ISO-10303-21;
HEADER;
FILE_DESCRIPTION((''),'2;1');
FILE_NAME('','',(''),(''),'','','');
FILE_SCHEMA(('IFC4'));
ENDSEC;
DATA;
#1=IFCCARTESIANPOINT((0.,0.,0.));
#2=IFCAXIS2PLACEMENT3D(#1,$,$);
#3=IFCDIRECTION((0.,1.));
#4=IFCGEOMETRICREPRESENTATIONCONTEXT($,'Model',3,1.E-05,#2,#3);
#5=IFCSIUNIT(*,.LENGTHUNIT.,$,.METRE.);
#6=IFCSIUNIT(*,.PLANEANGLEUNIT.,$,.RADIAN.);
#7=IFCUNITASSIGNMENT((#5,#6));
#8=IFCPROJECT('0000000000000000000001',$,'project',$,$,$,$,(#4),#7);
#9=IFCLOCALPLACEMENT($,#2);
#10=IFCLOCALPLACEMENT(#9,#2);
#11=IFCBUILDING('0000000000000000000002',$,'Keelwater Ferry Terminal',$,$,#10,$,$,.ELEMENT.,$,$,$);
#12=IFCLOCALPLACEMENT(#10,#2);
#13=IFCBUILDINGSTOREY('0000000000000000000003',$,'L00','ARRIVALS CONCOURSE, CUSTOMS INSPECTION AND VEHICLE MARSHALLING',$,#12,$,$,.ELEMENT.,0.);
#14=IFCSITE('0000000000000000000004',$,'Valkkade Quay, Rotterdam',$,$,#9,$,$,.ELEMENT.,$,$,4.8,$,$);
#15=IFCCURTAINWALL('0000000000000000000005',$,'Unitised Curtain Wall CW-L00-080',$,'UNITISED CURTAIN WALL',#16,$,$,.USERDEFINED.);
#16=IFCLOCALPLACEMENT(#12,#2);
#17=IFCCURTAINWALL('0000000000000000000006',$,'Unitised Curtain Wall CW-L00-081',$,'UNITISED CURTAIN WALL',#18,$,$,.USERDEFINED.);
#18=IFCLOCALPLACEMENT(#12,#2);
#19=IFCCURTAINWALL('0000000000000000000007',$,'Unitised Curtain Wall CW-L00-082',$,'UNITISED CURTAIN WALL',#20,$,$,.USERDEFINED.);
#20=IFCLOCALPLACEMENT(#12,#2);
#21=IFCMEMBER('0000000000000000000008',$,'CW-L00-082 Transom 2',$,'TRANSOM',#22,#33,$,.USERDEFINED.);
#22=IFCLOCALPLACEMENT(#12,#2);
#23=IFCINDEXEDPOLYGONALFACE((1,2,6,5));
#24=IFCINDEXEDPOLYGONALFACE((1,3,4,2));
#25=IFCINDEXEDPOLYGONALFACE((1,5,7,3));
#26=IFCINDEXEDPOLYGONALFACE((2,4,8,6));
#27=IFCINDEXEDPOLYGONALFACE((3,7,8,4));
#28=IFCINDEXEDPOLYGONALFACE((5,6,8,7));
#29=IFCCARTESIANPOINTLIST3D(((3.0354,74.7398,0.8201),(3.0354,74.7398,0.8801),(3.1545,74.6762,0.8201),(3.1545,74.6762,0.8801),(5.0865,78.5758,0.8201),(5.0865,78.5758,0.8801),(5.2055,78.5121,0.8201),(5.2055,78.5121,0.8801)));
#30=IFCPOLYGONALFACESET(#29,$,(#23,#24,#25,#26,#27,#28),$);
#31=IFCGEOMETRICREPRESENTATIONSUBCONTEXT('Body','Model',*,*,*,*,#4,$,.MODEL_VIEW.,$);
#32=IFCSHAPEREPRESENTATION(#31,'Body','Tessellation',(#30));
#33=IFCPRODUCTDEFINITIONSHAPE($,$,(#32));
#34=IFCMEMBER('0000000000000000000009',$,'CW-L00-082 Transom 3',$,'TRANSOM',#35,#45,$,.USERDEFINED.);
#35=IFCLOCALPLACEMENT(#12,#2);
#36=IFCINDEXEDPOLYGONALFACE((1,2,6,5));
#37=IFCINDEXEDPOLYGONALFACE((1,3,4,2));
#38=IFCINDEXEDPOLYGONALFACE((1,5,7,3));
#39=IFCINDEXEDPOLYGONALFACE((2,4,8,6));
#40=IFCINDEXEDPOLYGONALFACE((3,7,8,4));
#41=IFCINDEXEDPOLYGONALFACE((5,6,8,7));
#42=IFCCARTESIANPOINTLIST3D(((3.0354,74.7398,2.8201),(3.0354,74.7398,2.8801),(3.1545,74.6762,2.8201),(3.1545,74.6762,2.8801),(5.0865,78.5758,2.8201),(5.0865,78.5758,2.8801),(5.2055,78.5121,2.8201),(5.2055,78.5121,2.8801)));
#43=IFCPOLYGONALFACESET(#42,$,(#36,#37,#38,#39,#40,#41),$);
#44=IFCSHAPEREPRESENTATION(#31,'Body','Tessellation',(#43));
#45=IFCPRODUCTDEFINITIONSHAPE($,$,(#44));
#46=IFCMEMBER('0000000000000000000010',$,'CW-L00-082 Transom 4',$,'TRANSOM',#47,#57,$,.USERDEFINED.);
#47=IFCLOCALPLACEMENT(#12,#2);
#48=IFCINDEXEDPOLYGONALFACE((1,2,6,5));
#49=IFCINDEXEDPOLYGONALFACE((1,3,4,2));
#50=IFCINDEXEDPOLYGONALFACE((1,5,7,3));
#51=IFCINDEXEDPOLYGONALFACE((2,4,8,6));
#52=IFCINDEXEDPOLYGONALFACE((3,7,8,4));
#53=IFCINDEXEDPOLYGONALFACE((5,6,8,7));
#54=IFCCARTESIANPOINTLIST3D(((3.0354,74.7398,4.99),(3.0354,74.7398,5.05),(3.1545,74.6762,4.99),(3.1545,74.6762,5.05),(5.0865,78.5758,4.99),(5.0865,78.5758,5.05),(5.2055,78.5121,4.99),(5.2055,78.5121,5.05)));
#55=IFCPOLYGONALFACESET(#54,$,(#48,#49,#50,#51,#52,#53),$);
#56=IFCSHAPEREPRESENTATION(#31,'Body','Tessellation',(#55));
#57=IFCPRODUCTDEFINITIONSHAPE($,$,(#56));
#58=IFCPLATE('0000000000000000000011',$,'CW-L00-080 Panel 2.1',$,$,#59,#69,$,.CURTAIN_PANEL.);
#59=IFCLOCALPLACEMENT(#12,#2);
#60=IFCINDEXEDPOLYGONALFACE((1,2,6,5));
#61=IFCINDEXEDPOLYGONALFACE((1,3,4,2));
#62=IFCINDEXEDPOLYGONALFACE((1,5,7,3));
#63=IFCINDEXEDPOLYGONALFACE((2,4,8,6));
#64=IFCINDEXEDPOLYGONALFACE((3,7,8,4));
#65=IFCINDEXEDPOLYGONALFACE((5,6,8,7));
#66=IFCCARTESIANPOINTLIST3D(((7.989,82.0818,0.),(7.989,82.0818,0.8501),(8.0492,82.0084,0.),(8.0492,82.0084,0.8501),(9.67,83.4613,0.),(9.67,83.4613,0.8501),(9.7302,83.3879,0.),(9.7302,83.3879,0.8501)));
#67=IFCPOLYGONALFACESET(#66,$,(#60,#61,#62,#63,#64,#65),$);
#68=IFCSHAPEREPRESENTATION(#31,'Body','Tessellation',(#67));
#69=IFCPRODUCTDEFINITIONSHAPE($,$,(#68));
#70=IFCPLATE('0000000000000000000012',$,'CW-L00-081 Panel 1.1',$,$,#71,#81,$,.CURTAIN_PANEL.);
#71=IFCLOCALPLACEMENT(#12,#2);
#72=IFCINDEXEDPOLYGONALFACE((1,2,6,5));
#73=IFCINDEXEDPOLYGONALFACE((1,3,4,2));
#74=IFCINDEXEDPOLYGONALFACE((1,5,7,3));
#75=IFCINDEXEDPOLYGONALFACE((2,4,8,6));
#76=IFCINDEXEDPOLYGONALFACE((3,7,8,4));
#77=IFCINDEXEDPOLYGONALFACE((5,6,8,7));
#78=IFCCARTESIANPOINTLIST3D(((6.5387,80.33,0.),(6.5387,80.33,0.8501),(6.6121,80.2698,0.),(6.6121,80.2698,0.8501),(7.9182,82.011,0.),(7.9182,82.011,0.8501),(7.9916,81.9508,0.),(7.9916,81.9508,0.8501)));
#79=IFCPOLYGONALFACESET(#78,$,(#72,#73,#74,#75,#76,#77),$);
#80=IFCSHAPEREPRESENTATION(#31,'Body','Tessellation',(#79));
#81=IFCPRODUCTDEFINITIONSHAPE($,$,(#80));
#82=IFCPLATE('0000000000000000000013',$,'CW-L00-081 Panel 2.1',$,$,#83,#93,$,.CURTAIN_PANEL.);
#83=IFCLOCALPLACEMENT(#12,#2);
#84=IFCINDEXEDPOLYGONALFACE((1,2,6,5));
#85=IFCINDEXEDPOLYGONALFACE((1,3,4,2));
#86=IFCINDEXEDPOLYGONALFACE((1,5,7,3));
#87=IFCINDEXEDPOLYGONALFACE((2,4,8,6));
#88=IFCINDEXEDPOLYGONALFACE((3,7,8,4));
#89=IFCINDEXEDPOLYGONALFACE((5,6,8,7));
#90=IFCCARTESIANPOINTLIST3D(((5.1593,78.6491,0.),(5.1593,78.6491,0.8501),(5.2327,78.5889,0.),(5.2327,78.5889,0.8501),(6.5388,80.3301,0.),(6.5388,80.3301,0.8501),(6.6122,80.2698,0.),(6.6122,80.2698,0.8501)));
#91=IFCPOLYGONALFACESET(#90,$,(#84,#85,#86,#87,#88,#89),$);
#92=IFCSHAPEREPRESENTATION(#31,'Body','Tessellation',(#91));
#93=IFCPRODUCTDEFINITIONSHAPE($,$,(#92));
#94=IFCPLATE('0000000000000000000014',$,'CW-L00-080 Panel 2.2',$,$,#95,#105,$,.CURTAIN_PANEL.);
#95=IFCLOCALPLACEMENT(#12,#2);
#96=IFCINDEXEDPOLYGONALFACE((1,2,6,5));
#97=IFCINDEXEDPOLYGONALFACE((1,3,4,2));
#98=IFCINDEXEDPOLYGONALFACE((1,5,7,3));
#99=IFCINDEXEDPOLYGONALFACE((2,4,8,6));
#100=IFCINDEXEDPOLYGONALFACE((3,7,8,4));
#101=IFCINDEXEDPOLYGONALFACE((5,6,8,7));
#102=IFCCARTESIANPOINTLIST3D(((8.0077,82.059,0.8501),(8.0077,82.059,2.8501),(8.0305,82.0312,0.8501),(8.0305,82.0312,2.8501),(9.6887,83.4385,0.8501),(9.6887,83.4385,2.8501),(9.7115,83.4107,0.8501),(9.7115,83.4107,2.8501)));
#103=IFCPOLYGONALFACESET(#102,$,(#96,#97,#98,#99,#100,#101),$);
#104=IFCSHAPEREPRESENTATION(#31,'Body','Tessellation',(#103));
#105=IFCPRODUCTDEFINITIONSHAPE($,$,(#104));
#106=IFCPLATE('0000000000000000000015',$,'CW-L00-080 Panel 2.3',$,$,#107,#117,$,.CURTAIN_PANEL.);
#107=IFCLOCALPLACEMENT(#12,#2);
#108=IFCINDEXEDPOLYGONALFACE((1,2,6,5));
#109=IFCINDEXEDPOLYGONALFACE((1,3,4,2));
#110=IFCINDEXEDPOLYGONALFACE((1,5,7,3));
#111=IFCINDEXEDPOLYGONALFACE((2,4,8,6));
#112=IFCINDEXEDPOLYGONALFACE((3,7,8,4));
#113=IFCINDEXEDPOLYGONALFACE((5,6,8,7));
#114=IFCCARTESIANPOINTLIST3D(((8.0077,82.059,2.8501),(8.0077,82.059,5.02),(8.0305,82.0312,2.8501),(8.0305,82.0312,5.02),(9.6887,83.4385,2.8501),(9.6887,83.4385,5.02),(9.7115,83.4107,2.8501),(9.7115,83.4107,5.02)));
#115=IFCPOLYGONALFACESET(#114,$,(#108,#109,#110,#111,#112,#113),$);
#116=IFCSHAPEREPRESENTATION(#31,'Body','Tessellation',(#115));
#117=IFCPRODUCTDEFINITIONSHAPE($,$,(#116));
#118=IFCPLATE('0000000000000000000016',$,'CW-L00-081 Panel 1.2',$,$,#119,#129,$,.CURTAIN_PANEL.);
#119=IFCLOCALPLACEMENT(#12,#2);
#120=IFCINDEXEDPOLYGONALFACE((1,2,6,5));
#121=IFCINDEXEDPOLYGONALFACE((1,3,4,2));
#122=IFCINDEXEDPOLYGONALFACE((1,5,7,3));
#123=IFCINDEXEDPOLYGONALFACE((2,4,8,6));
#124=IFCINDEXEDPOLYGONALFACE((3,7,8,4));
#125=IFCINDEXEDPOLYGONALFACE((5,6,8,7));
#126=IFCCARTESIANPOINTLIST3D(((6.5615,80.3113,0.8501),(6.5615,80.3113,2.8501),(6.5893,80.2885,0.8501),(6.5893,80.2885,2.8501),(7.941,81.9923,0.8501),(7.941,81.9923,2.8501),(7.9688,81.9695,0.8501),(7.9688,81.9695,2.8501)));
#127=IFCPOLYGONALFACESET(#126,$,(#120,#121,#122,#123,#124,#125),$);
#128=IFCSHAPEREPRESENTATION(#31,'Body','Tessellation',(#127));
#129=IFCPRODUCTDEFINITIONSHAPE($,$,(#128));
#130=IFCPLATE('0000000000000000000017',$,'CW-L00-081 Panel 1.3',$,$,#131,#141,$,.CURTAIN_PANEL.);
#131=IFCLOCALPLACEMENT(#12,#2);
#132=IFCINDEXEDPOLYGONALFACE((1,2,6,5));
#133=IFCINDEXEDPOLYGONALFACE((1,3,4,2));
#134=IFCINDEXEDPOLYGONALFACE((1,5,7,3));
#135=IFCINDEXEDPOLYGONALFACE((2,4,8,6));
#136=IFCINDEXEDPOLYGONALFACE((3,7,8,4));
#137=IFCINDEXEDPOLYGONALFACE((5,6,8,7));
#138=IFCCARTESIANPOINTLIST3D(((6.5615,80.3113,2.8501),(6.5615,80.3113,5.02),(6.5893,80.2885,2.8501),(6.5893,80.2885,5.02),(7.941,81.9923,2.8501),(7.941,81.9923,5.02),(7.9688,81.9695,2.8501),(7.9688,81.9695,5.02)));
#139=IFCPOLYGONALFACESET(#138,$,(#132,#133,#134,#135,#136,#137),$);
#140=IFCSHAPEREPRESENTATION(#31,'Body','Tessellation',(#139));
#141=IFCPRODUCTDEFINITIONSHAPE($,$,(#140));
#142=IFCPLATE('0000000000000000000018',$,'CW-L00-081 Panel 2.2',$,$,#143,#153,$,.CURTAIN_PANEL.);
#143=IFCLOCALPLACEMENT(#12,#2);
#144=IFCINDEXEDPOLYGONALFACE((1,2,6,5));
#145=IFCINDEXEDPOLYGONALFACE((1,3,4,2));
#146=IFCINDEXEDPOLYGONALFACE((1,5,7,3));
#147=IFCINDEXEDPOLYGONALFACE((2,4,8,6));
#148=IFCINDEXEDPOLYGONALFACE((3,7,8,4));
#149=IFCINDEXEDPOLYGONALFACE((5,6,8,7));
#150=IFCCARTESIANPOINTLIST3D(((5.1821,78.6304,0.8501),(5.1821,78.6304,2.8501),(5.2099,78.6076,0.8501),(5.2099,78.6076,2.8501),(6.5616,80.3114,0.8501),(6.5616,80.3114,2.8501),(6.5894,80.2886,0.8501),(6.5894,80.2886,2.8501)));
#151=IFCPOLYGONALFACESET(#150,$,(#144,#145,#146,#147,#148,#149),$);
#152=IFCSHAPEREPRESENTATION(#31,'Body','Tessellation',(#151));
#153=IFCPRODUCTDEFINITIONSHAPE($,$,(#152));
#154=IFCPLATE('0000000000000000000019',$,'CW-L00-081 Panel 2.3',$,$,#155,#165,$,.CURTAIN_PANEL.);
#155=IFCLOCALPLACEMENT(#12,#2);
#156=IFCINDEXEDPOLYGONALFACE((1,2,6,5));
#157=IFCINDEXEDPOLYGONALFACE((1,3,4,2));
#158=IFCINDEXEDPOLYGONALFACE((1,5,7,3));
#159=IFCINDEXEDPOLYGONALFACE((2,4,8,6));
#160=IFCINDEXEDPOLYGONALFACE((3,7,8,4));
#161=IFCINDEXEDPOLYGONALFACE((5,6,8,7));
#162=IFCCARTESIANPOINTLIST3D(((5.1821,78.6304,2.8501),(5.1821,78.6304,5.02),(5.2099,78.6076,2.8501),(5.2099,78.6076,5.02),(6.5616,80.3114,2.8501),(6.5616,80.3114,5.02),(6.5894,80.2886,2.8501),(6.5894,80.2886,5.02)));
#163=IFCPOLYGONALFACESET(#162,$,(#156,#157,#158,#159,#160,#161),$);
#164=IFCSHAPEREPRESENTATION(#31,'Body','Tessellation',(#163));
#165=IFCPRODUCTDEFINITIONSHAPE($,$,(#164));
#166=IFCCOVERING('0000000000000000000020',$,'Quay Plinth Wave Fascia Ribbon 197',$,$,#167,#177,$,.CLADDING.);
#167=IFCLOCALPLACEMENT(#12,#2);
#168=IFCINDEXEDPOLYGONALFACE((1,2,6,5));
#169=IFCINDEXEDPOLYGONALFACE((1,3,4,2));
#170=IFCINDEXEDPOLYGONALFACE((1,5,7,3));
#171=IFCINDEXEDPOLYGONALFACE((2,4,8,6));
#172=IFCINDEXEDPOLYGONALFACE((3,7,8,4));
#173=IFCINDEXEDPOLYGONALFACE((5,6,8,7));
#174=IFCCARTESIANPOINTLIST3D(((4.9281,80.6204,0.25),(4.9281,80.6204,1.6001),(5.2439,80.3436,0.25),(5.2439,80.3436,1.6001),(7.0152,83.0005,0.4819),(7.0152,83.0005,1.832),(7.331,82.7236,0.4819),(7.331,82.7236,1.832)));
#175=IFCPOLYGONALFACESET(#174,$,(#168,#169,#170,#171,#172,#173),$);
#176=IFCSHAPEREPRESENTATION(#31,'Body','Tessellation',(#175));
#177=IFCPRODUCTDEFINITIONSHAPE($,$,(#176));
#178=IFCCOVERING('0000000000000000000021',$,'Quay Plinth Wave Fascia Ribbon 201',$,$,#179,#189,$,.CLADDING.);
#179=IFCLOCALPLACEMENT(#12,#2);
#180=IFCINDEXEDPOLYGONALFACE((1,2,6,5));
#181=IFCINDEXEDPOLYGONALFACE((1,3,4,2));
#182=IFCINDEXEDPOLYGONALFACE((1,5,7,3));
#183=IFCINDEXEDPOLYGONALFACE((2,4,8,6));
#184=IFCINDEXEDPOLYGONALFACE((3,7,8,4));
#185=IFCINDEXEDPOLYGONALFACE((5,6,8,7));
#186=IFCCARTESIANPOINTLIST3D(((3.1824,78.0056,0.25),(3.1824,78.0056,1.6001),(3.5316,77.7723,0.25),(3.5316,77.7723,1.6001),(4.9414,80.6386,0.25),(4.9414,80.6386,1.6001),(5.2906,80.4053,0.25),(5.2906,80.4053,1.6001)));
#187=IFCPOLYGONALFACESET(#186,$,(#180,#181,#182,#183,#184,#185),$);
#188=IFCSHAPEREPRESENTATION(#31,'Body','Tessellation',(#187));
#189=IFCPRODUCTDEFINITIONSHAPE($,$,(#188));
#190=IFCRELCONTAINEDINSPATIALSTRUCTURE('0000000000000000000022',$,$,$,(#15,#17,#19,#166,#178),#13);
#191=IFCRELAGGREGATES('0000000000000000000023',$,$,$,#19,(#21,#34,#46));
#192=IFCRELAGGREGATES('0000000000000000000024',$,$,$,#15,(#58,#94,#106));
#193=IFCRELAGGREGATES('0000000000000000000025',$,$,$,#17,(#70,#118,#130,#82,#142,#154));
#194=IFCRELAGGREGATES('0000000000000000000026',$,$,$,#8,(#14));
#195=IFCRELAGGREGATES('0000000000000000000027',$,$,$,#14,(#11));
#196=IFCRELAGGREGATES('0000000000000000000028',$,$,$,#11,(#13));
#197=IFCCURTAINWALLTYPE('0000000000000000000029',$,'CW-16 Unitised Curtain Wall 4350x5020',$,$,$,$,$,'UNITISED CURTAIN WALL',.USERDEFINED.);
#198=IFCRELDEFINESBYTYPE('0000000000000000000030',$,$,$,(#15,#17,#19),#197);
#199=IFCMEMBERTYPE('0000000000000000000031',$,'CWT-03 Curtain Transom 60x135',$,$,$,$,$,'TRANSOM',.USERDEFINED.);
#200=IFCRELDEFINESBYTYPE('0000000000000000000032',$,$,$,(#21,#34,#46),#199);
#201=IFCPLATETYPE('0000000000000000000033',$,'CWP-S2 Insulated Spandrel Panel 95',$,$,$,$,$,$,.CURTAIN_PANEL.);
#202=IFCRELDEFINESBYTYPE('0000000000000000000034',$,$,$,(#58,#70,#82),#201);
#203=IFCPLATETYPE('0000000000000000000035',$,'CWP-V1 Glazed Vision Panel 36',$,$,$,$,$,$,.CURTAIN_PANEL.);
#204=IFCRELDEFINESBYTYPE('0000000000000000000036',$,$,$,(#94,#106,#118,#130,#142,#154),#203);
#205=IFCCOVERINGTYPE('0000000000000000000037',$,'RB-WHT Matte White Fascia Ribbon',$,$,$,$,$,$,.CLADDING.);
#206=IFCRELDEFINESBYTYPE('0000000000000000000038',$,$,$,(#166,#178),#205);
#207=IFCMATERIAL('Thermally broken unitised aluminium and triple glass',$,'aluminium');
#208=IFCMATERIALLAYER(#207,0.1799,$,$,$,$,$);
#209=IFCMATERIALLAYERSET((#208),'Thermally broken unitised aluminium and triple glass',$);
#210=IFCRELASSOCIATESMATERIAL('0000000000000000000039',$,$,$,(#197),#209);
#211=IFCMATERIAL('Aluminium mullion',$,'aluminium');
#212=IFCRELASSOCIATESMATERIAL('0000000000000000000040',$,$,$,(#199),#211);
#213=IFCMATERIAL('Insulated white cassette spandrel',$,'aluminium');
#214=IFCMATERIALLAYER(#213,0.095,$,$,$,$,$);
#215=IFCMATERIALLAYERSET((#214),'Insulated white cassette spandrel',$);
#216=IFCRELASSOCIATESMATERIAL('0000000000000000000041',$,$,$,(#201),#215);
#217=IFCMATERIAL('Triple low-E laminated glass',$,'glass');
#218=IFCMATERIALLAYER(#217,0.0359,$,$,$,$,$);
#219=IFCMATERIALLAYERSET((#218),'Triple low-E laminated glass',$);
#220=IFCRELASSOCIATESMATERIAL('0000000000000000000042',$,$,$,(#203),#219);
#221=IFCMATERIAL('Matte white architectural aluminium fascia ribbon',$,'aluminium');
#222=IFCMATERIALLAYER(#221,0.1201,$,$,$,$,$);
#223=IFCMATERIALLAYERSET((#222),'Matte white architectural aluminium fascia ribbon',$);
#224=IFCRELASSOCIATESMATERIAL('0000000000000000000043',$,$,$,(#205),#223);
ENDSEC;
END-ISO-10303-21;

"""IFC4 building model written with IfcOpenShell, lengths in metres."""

from ifc_helpers import new_model, si_unit, direction, frame, origin, origin_2d, place, context, subcontext, project, spatial, polyline, rectangle, outline, extrude, material, layer, layer_set, material_profile, profile_set, type_object, element, aggregate, save


model = new_model("IFC4")

# Units and contexts
model_context = context("Model", 3, precision=1e-05, world=origin(), true_north=direction((0.0, 1.0)))
body_context = subcontext(model_context, "Body", "Model", "MODEL_VIEW")
ifc_project = project(units=[si_unit("LENGTHUNIT", "METRE"), si_unit("PLANEANGLEUNIT", "RADIAN")], contexts=[model_context])

# Site, building, storey
site_placement = place(None, origin())
site = spatial("IfcSite", under=ifc_project, at=site_placement, Name="Valkkade Quay, Rotterdam", CompositionType="ELEMENT", RefElevation=4.8)
building_placement = place(site_placement, origin())
building = spatial("IfcBuilding", under=site, at=building_placement, Name="Keelwater Ferry Terminal", CompositionType="ELEMENT")
storey_placement = place(building_placement, origin())
storey = spatial("IfcBuildingStorey", under=building, at=storey_placement, Name="L00", Description="ARRIVALS CONCOURSE, CUSTOMS INSPECTION AND VEHICLE MARSHALLING", CompositionType="ELEMENT", Elevation=0.0)

# Curtain walls, members
ifc_material_1 = material(Name="Thermally broken unitised aluminium and triple glass", Category="aluminium")
ifc_layer_1 = layer(ifc_material_1, 0.1799)
ifc_layer_set_1 = layer_set([ifc_layer_1], Name="Thermally broken unitised aluminium and triple glass")
curtain_wall_type = type_object("IfcCurtainWallType", Name="CW-16 Unitised Curtain Wall 4350x5020", ElementType="UNITISED CURTAIN WALL", PredefinedType="USERDEFINED", material=ifc_layer_set_1)
curtain_wall_1_placement = place(storey_placement, origin())
curtain_wall_1 = element("IfcCurtainWall", 1, at=curtain_wall_1_placement, inside=storey, type_object=curtain_wall_type, Name="Unitised Curtain Wall CW-L00-080", ObjectType="UNITISED CURTAIN WALL", PredefinedType="USERDEFINED")
curtain_wall_2_placement = place(storey_placement, origin())
curtain_wall_2 = element("IfcCurtainWall", 2, at=curtain_wall_2_placement, inside=storey, type_object=curtain_wall_type, Name="Unitised Curtain Wall CW-L00-081", ObjectType="UNITISED CURTAIN WALL", PredefinedType="USERDEFINED")
ifc_material_2 = material(Name="Aluminium mullion", Category="aluminium")
ifc_material_profile_1 = material_profile(ifc_material_2, rectangle(XDim=0.135, YDim=0.0601, at=origin_2d()), Name="CWT-03")
ifc_profile_set_1 = profile_set([ifc_material_profile_1], Name="Aluminium mullion")
member_type_1 = type_object("IfcMemberType", Name="CWT-03 Curtain Transom 60x135", ElementType="TRANSOM", PredefinedType="USERDEFINED", material=ifc_profile_set_1)
curtain_wall_3_placement = place(storey_placement, origin())
curtain_wall_3 = element("IfcCurtainWall", 3, at=curtain_wall_3_placement, inside=storey, type_object=curtain_wall_type, Name="Unitised Curtain Wall CW-L00-082", ObjectType="UNITISED CURTAIN WALL", PredefinedType="USERDEFINED")
member_1_placement = place(storey_placement, frame((5.146, 78.5439, 0.8501), z_axis=(-0.471517, -0.881857, 0.0), x_axis=(0.881857, -0.471517, 0.0)))
member_1 = element("IfcMember", 4, at=member_1_placement, type_object=member_type_1, Name="CW-L00-082 Transom 2", ObjectType="TRANSOM", PredefinedType="USERDEFINED", context=body_context, shape_type="SweptSolid", body=[
    extrude(rectangle(XDim=0.135, YDim=0.0601, at=origin_2d()), origin(), (0.0, 0.0, 1.0), 4.3499),
])
member_2_placement = place(storey_placement, frame((5.146, 78.5439, 2.8501), z_axis=(-0.471517, -0.881857, 0.0), x_axis=(0.881857, -0.471517, 0.0)))
member_2 = element("IfcMember", 5, at=member_2_placement, type_object=member_type_1, Name="CW-L00-082 Transom 3", ObjectType="TRANSOM", PredefinedType="USERDEFINED", context=body_context, shape_type="SweptSolid", body=[
    extrude(rectangle(XDim=0.135, YDim=0.0601, at=origin_2d()), origin(), (0.0, 0.0, 1.0), 4.3499),
])
member_3_placement = place(storey_placement, frame((5.146, 78.5439, 5.02), z_axis=(-0.471517, -0.881857, 0.0), x_axis=(0.881857, -0.471517, 0.0)))
member_3 = element("IfcMember", 6, at=member_3_placement, type_object=member_type_1, Name="CW-L00-082 Transom 4", ObjectType="TRANSOM", PredefinedType="USERDEFINED", context=body_context, shape_type="SweptSolid", body=[
    extrude(rectangle(XDim=0.135, YDim=0.0601, at=origin_2d()), origin(), (0.0, 0.0, 1.0), 4.3499),
])
aggregate(curtain_wall_3, [member_1, member_2, member_3])

# Plates
ifc_material_3 = material(Name="Insulated white cassette spandrel", Category="aluminium")
ifc_layer_2 = layer(ifc_material_3, 0.095)
ifc_layer_set_2 = layer_set([ifc_layer_2], Name="Insulated white cassette spandrel")
plate_type_1 = type_object("IfcPlateType", Name="CWP-S2 Insulated Spandrel Panel 95", PredefinedType="CURTAIN_PANEL", material=ifc_layer_set_2)
plate_1_placement = place(storey_placement, frame((8.8596, 82.7349, 0.0), z_axis=(0.0, 0.0, 1.0), x_axis=(-0.773024, -0.634377, 0.0)))
plate_1 = element("IfcPlate", 7, at=plate_1_placement, type_object=plate_type_1, Name="CW-L00-080 Panel 2.1", PredefinedType="CURTAIN_PANEL", context=body_context, shape_type="SweptSolid", body=[
    extrude(rectangle(XDim=2.1746, YDim=0.095, at=origin_2d()), origin(), (0.0, 0.0, 1.0), 0.8501),
])
plate_2_placement = place(storey_placement, frame((7.2651, 81.1404, 0.0), z_axis=(0.0, 0.0, 1.0), x_axis=(-0.634377, -0.773024, 0.0)))
plate_2 = element("IfcPlate", 8, at=plate_2_placement, type_object=plate_type_1, Name="CW-L00-081 Panel 1.1", PredefinedType="CURTAIN_PANEL", context=body_context, shape_type="SweptSolid", body=[
    extrude(rectangle(XDim=2.1746, YDim=0.095, at=origin_2d()), origin(), (0.0, 0.0, 1.0), 0.8501),
])
plate_3_placement = place(storey_placement, frame((5.8857, 79.4595, 0.0), z_axis=(0.0, 0.0, 1.0), x_axis=(-0.634377, -0.773024, 0.0)))
plate_3 = element("IfcPlate", 9, at=plate_3_placement, type_object=plate_type_1, Name="CW-L00-081 Panel 2.1", PredefinedType="CURTAIN_PANEL", context=body_context, shape_type="SweptSolid", body=[
    extrude(rectangle(XDim=2.1746, YDim=0.095, at=origin_2d()), origin(), (0.0, 0.0, 1.0), 0.8501),
])
ifc_material_4 = material(Name="Triple low-E laminated glass", Category="glass")
ifc_layer_3 = layer(ifc_material_4, 0.0359)
ifc_layer_set_3 = layer_set([ifc_layer_3], Name="Triple low-E laminated glass")
plate_type_2 = type_object("IfcPlateType", Name="CWP-V1 Glazed Vision Panel 36", PredefinedType="CURTAIN_PANEL", material=ifc_layer_set_3)
plate_4_placement = place(storey_placement, frame((8.8596, 82.7349, 0.8501), z_axis=(0.0, 0.0, 1.0), x_axis=(-0.773024, -0.634377, 0.0)))
plate_4 = element("IfcPlate", 10, at=plate_4_placement, type_object=plate_type_2, Name="CW-L00-080 Panel 2.2", PredefinedType="CURTAIN_PANEL", context=body_context, shape_type="SweptSolid", body=[
    extrude(rectangle(XDim=2.1746, YDim=0.0359, at=origin_2d()), origin(), (0.0, 0.0, 1.0), 2.0),
])
plate_5_placement = place(storey_placement, frame((8.8596, 82.7349, 2.8501), z_axis=(0.0, 0.0, 1.0), x_axis=(-0.773024, -0.634377, 0.0)))
plate_5 = element("IfcPlate", 11, at=plate_5_placement, type_object=plate_type_2, Name="CW-L00-080 Panel 2.3", PredefinedType="CURTAIN_PANEL", context=body_context, shape_type="SweptSolid", body=[
    extrude(rectangle(XDim=2.1746, YDim=0.0359, at=origin_2d()), origin(), (0.0, 0.0, 1.0), 2.1699),
])
aggregate(curtain_wall_1, [plate_1, plate_4, plate_5])
plate_6_placement = place(storey_placement, frame((7.2651, 81.1404, 0.8501), z_axis=(0.0, 0.0, 1.0), x_axis=(-0.634377, -0.773024, 0.0)))
plate_6 = element("IfcPlate", 12, at=plate_6_placement, type_object=plate_type_2, Name="CW-L00-081 Panel 1.2", PredefinedType="CURTAIN_PANEL", context=body_context, shape_type="SweptSolid", body=[
    extrude(rectangle(XDim=2.1746, YDim=0.0359, at=origin_2d()), origin(), (0.0, 0.0, 1.0), 2.0),
])
plate_7_placement = place(storey_placement, frame((7.2651, 81.1404, 2.8501), z_axis=(0.0, 0.0, 1.0), x_axis=(-0.634377, -0.773024, 0.0)))
plate_7 = element("IfcPlate", 13, at=plate_7_placement, type_object=plate_type_2, Name="CW-L00-081 Panel 1.3", PredefinedType="CURTAIN_PANEL", context=body_context, shape_type="SweptSolid", body=[
    extrude(rectangle(XDim=2.1746, YDim=0.0359, at=origin_2d()), origin(), (0.0, 0.0, 1.0), 2.1699),
])
plate_8_placement = place(storey_placement, frame((5.8857, 79.4595, 0.8501), z_axis=(0.0, 0.0, 1.0), x_axis=(-0.634377, -0.773024, 0.0)))
plate_8 = element("IfcPlate", 14, at=plate_8_placement, type_object=plate_type_2, Name="CW-L00-081 Panel 2.2", PredefinedType="CURTAIN_PANEL", context=body_context, shape_type="SweptSolid", body=[
    extrude(rectangle(XDim=2.1746, YDim=0.0359, at=origin_2d()), origin(), (0.0, 0.0, 1.0), 2.0),
])
plate_9_placement = place(storey_placement, frame((5.8857, 79.4595, 2.8501), z_axis=(0.0, 0.0, 1.0), x_axis=(-0.634377, -0.773024, 0.0)))
plate_9 = element("IfcPlate", 15, at=plate_9_placement, type_object=plate_type_2, Name="CW-L00-081 Panel 2.3", PredefinedType="CURTAIN_PANEL", context=body_context, shape_type="SweptSolid", body=[
    extrude(rectangle(XDim=2.1746, YDim=0.0359, at=origin_2d()), origin(), (0.0, 0.0, 1.0), 2.1699),
])
aggregate(curtain_wall_2, [plate_2, plate_6, plate_7, plate_3, plate_8, plate_9])

# Coverings
ifc_material_5 = material(Name="Matte white architectural aluminium fascia ribbon", Category="aluminium")
ifc_layer_4 = layer(ifc_material_5, 0.1201)
ifc_layer_set_4 = layer_set([ifc_layer_4], Name="Matte white architectural aluminium fascia ribbon")
covering_type = type_object("IfcCoveringType", Name="RB-WHT Matte White Fascia Ribbon", PredefinedType="CLADDING", material=ifc_layer_set_4)
covering_1_placement = place(storey_placement, frame((7.1731, 82.8621, 0.25), z_axis=(0.0, 0.0, 1.0), x_axis=(-0.659318, -0.751864, 0.0)))
element("IfcCovering", 16, at=covering_1_placement, inside=storey, type_object=covering_type, Name="Quay Plinth Wave Fascia Ribbon 197", PredefinedType="CLADDING", context=body_context, shape_type="SweptSolid", body=[
    extrude(outline(polyline([(0.0, 0.2319), (3.1655, 0.0), (3.1655, 1.3501), (0.0, 1.582), (0.0, 0.2319)])), frame((0.0, 0.21, 0.0), z_axis=(0.0, -1.0, 0.0), x_axis=(1.0, 0.0, 0.0)), (0.0, 0.0, 1.0), 0.4199),
])
covering_2_placement = place(storey_placement, frame((5.116, 80.522, 0.25), z_axis=(0.0, 0.0, 1.0), x_axis=(-0.555501, -0.831516, 0.0)))
element("IfcCovering", 17, at=covering_2_placement, inside=storey, type_object=covering_type, Name="Quay Plinth Wave Fascia Ribbon 201", PredefinedType="CLADDING", context=body_context, shape_type="SweptSolid", body=[
    extrude(outline(polyline([(0.0, 0.0), (3.1665, 0.0), (3.1665, 1.3501), (0.0, 1.3501), (0.0, 0.0)])), frame((0.0, 0.21, 0.0), z_axis=(0.0, -1.0, 0.0), x_axis=(1.0, 0.0, 0.0)), (0.0, 0.0, 1.0), 0.4199),
])

save(model, "model.ifc")
